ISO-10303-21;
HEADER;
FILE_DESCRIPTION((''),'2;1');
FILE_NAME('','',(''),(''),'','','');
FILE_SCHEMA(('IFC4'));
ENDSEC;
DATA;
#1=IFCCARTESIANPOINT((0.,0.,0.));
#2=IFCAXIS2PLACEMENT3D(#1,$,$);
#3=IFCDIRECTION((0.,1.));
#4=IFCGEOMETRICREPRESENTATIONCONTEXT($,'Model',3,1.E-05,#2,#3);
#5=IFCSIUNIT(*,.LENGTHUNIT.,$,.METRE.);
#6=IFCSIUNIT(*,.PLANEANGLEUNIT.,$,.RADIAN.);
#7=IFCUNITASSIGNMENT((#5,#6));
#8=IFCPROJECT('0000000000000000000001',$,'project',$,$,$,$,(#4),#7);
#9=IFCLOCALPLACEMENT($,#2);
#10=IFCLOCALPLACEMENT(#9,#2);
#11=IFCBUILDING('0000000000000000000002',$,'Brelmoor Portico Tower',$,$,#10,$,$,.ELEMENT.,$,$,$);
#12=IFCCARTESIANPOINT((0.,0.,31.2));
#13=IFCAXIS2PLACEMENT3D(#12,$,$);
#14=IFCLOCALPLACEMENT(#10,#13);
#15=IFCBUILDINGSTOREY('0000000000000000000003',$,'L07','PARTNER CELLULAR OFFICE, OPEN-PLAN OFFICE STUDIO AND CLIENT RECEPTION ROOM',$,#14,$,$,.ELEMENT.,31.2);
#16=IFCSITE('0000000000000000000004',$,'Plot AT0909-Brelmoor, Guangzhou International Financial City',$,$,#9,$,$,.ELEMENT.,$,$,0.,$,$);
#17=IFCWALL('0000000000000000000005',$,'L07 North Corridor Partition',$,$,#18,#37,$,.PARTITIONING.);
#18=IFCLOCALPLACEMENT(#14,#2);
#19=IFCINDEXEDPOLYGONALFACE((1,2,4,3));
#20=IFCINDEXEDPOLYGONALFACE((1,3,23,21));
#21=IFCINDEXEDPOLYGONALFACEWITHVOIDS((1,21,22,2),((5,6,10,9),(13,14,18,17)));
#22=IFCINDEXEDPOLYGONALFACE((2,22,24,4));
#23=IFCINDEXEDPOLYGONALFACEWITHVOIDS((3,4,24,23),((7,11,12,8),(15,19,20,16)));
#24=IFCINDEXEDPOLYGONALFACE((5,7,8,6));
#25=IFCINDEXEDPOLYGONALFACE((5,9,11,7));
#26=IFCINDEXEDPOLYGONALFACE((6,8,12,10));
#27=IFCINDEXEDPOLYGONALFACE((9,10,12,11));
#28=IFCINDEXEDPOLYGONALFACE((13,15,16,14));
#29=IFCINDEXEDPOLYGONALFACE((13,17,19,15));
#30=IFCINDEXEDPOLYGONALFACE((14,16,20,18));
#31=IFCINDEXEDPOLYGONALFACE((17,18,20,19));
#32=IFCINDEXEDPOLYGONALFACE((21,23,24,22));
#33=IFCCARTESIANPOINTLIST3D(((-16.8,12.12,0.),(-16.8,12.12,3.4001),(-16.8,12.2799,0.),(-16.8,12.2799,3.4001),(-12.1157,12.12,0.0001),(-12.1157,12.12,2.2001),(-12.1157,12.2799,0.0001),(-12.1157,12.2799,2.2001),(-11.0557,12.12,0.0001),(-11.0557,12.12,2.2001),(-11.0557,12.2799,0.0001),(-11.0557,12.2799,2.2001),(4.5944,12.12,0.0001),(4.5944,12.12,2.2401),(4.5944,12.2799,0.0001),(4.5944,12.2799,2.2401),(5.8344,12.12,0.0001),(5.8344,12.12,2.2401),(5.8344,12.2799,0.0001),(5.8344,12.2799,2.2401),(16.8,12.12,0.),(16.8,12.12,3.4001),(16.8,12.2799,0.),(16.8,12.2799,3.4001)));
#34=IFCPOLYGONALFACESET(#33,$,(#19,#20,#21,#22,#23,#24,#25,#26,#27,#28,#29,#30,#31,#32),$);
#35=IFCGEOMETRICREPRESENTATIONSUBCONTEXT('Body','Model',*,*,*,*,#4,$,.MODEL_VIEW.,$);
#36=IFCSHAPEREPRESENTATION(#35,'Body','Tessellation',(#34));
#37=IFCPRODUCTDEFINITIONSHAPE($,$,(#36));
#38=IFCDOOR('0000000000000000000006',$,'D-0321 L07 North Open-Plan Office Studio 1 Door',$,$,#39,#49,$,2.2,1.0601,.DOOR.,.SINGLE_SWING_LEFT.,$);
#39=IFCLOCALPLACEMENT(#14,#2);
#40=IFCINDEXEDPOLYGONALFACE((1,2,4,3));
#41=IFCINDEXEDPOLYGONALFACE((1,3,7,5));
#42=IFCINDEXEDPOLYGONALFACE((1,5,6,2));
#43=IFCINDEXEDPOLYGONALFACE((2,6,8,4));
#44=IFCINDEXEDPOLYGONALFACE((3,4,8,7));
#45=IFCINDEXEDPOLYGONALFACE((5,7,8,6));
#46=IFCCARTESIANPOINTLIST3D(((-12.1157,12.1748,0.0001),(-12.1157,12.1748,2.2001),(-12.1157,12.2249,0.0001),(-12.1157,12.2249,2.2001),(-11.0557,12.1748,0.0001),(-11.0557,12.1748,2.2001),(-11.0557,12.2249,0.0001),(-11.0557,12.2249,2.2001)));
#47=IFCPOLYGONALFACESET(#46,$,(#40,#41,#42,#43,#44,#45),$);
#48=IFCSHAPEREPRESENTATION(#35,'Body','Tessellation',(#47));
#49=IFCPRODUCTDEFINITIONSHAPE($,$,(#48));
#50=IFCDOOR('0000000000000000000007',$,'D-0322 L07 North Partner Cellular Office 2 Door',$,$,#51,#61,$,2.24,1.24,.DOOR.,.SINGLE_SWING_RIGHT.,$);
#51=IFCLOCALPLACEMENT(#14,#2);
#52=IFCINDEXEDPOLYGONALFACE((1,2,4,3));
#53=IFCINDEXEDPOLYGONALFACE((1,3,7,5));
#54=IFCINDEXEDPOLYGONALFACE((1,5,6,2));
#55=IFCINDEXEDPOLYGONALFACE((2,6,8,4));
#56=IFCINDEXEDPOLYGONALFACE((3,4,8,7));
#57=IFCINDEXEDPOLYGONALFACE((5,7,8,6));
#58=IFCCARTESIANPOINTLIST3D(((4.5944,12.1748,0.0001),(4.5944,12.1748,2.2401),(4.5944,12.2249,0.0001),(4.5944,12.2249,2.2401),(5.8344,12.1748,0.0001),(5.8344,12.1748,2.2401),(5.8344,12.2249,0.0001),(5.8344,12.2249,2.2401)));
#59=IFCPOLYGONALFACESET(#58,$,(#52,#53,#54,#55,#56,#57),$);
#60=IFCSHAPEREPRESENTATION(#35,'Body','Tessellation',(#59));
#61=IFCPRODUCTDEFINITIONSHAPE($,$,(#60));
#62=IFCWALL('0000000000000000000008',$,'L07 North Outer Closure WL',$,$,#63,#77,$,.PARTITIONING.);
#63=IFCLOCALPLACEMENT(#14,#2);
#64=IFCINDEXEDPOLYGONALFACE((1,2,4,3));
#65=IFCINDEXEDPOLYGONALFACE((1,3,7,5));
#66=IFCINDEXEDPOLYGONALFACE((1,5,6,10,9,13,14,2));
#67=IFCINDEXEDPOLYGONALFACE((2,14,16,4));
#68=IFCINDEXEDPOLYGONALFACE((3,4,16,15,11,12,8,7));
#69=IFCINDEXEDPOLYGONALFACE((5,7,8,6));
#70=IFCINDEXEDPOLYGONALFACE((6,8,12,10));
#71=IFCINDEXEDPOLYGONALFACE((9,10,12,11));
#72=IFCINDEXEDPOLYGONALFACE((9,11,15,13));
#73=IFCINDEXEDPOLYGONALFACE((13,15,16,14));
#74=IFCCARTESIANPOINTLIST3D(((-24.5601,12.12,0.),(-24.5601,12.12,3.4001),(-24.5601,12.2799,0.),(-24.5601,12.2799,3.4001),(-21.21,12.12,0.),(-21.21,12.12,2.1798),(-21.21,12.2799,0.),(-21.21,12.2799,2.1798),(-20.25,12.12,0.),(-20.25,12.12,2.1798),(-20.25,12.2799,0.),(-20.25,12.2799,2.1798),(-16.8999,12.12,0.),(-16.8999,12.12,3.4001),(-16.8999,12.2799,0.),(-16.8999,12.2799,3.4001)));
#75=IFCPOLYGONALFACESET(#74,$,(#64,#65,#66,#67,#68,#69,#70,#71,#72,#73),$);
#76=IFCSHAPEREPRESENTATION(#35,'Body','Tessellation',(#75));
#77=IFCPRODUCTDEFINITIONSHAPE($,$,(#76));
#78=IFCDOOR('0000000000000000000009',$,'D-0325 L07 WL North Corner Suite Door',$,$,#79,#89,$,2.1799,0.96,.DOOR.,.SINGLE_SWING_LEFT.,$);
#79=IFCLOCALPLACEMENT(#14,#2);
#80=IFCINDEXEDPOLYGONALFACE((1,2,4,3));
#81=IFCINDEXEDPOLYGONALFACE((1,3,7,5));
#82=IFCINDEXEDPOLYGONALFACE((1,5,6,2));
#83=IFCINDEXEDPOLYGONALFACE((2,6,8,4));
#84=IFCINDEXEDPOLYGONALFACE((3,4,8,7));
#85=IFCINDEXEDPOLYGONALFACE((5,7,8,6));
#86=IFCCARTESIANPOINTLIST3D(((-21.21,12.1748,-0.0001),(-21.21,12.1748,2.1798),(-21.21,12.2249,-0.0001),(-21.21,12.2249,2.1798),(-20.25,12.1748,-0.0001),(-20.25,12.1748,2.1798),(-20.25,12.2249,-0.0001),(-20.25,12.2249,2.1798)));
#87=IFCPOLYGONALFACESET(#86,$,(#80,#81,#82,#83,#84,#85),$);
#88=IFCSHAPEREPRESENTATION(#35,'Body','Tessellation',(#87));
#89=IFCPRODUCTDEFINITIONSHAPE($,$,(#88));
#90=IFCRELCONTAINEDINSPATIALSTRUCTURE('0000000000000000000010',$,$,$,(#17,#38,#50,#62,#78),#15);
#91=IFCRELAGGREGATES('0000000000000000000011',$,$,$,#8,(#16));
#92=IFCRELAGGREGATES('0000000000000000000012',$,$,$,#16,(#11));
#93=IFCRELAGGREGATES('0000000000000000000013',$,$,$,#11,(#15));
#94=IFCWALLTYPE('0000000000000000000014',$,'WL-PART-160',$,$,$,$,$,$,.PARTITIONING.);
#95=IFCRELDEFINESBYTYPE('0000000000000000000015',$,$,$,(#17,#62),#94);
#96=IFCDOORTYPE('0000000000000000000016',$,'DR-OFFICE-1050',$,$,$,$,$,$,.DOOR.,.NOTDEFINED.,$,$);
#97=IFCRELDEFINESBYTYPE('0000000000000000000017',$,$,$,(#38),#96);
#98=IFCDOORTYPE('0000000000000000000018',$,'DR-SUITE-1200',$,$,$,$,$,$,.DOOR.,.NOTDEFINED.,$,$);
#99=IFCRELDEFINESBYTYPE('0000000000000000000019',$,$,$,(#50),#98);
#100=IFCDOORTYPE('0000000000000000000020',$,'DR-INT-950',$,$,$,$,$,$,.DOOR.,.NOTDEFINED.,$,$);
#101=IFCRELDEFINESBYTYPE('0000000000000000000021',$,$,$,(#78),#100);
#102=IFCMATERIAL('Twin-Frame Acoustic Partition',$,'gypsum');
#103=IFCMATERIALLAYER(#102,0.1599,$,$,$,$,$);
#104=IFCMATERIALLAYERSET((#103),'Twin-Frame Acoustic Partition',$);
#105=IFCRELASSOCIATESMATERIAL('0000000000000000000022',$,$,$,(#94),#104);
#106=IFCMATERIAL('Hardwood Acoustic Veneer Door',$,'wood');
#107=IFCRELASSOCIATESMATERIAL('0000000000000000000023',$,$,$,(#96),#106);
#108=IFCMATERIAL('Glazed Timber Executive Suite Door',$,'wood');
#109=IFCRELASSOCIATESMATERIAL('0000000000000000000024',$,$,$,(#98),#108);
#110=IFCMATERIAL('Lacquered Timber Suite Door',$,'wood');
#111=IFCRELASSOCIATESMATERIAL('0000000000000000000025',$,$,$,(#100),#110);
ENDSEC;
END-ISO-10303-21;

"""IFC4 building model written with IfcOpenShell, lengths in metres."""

from ifc_helpers import new_model, si_unit, direction, frame, frame_2d, origin, place, context, subcontext, project, spatial, rectangle, extrude, material, layer, layer_set, type_object, element, fill, save


model = new_model("IFC4")

# Units and contexts
model_context = context("Model", 3, precision=1e-05, world=origin(), true_north=direction((0.0, 1.0)))
body_context = subcontext(model_context, "Body", "Model", "MODEL_VIEW")
ifc_project = project(units=[si_unit("LENGTHUNIT", "METRE"), si_unit("PLANEANGLEUNIT", "RADIAN")], contexts=[model_context])

# Site, building, storey
site_placement = place(None, origin())
site = spatial("IfcSite", under=ifc_project, at=site_placement, Name="Plot AT0909-Brelmoor, Guangzhou International Financial City", CompositionType="ELEMENT", RefElevation=0.0)
building_placement = place(site_placement, origin())
building = spatial("IfcBuilding", under=site, at=building_placement, Name="Brelmoor Portico Tower", CompositionType="ELEMENT")
storey_placement = place(building_placement, frame((0.0, 0.0, 31.2)))
storey = spatial("IfcBuildingStorey", under=building, at=storey_placement, Name="L07", Description="PARTNER CELLULAR OFFICE, OPEN-PLAN OFFICE STUDIO AND CLIENT RECEPTION ROOM", CompositionType="ELEMENT", Elevation=31.2)

# Wall, openings, doors
ifc_material_1 = material(Name="Twin-Frame Acoustic Partition", Category="gypsum")
ifc_layer_1 = layer(ifc_material_1, 0.1599)
ifc_layer_set_1 = layer_set([ifc_layer_1], Name="Twin-Frame Acoustic Partition")
wall_type_1 = type_object("IfcWallType", Name="WL-PART-160", PredefinedType="PARTITIONING", material=ifc_layer_set_1)
wall_1_placement = place(storey_placement, frame((-16.8, 12.2, 0.0), z_axis=(0.0, 0.0, 1.0), x_axis=(1.0, 0.0, 0.0)))
wall_1 = element("IfcWall", 1, at=wall_1_placement, inside=storey, type_object=wall_type_1, Name="L07 North Corridor Partition", PredefinedType="PARTITIONING", context=body_context, shape_type="SweptSolid", body=[
    extrude(rectangle(XDim=33.6001, YDim=0.1599, at=frame_2d((16.8, 0.0))), origin(), (0.0, 0.0, 1.0), 3.4001),
])
opening_1_placement = place(wall_1_placement, frame((4.6843, 0.0, 0.0)))
opening_1 = element("IfcOpeningElement", 2, at=opening_1_placement, cuts=wall_1, PredefinedType="OPENING", context=body_context, shape_type="SweptSolid", body=[
    extrude(rectangle(XDim=1.0601, YDim=2.2, at=frame_2d((0.53, 1.1001))), frame((0.0, 0.0898, 0.0), z_axis=(0.0, -1.0, 0.0), x_axis=(1.0, 0.0, 0.0)), (0.0, 0.0, 1.0), 0.1799),
])
opening_2_placement = place(wall_1_placement, frame((21.3943, 0.0, 0.0)))
opening_2 = element("IfcOpeningElement", 3, at=opening_2_placement, cuts=wall_1, PredefinedType="OPENING", context=body_context, shape_type="SweptSolid", body=[
    extrude(rectangle(XDim=1.24, YDim=2.24, at=frame_2d((0.6201, 1.1201))), frame((0.0, 0.0898, 0.0), z_axis=(0.0, -1.0, 0.0), x_axis=(1.0, 0.0, 0.0)), (0.0, 0.0, 1.0), 0.1799),
])
ifc_material_2 = material(Name="Hardwood Acoustic Veneer Door", Category="wood")
door_type_1 = type_object("IfcDoorType", Name="DR-OFFICE-1050", OperationType="NOTDEFINED", PredefinedType="DOOR", material=ifc_material_2)
door_1_placement = place(opening_1_placement, origin())
door_1 = element("IfcDoor", 4, at=door_1_placement, inside=storey, type_object=door_type_1, Name="D-0321 L07 North Open-Plan Office Studio 1 Door", OperationType="SINGLE_SWING_LEFT", OverallHeight=2.2, OverallWidth=1.0601, PredefinedType="DOOR", context=body_context, shape_type="SweptSolid", body=[
    extrude(rectangle(XDim=1.0601, YDim=2.2, at=frame_2d((0.53, 1.1001))), frame((0.0, 0.0249, 0.0), z_axis=(0.0, -1.0, 0.0), x_axis=(1.0, 0.0, 0.0)), (0.0, 0.0, 1.0), 0.05),
])
fill(opening_1, door_1)
ifc_material_3 = material(Name="Glazed Timber Executive Suite Door", Category="wood")
door_type_2 = type_object("IfcDoorType", Name="DR-SUITE-1200", OperationType="NOTDEFINED", PredefinedType="DOOR", material=ifc_material_3)
door_2_placement = place(opening_2_placement, origin())
door_2 = element("IfcDoor", 5, at=door_2_placement, inside=storey, type_object=door_type_2, Name="D-0322 L07 North Partner Cellular Office 2 Door", OperationType="SINGLE_SWING_RIGHT", OverallHeight=2.24, OverallWidth=1.24, PredefinedType="DOOR", context=body_context, shape_type="SweptSolid", body=[
    extrude(rectangle(XDim=1.24, YDim=2.24, at=frame_2d((0.6201, 1.1201))), frame((0.0, 0.0249, 0.0), z_axis=(0.0, -1.0, 0.0), x_axis=(1.0, 0.0, 0.0)), (0.0, 0.0, 1.0), 0.05),
])
fill(opening_2, door_2)

# Wall, opening, door
wall_2_placement = place(storey_placement, frame((-24.5601, 12.2, 0.0), z_axis=(0.0, 0.0, 1.0), x_axis=(1.0, 0.0, 0.0)))
wall_2 = element("IfcWall", 6, at=wall_2_placement, inside=storey, type_object=wall_type_1, Name="L07 North Outer Closure WL", PredefinedType="PARTITIONING", context=body_context, shape_type="SweptSolid", body=[
    extrude(rectangle(XDim=7.6602, YDim=0.1599, at=frame_2d((3.8301, 0.0))), origin(), (0.0, 0.0, 1.0), 3.4001),
])
opening_3_placement = place(wall_2_placement, frame((3.3501, 0.0, 0.0)))
opening_3 = element("IfcOpeningElement", 7, at=opening_3_placement, cuts=wall_2, PredefinedType="OPENING", context=body_context, shape_type="SweptSolid", body=[
    extrude(rectangle(XDim=0.96, YDim=2.1799, at=frame_2d((0.48, 1.0898))), frame((0.0, 0.0898, 0.0), z_axis=(0.0, -1.0, 0.0), x_axis=(1.0, 0.0, 0.0)), (0.0, 0.0, 1.0), 0.1799),
])
ifc_material_4 = material(Name="Lacquered Timber Suite Door", Category="wood")
door_type_3 = type_object("IfcDoorType", Name="DR-INT-950", OperationType="NOTDEFINED", PredefinedType="DOOR", material=ifc_material_4)
door_3_placement = place(opening_3_placement, origin())
door_3 = element("IfcDoor", 8, at=door_3_placement, inside=storey, type_object=door_type_3, Name="D-0325 L07 WL North Corner Suite Door", OperationType="SINGLE_SWING_LEFT", OverallHeight=2.1799, OverallWidth=0.96, PredefinedType="DOOR", context=body_context, shape_type="SweptSolid", body=[
    extrude(rectangle(XDim=0.96, YDim=2.1799, at=frame_2d((0.48, 1.0898))), frame((0.0, 0.0249, 0.0), z_axis=(0.0, -1.0, 0.0), x_axis=(1.0, 0.0, 0.0)), (0.0, 0.0, 1.0), 0.05),
])
fill(opening_3, door_3)

save(model, "model.ifc")
